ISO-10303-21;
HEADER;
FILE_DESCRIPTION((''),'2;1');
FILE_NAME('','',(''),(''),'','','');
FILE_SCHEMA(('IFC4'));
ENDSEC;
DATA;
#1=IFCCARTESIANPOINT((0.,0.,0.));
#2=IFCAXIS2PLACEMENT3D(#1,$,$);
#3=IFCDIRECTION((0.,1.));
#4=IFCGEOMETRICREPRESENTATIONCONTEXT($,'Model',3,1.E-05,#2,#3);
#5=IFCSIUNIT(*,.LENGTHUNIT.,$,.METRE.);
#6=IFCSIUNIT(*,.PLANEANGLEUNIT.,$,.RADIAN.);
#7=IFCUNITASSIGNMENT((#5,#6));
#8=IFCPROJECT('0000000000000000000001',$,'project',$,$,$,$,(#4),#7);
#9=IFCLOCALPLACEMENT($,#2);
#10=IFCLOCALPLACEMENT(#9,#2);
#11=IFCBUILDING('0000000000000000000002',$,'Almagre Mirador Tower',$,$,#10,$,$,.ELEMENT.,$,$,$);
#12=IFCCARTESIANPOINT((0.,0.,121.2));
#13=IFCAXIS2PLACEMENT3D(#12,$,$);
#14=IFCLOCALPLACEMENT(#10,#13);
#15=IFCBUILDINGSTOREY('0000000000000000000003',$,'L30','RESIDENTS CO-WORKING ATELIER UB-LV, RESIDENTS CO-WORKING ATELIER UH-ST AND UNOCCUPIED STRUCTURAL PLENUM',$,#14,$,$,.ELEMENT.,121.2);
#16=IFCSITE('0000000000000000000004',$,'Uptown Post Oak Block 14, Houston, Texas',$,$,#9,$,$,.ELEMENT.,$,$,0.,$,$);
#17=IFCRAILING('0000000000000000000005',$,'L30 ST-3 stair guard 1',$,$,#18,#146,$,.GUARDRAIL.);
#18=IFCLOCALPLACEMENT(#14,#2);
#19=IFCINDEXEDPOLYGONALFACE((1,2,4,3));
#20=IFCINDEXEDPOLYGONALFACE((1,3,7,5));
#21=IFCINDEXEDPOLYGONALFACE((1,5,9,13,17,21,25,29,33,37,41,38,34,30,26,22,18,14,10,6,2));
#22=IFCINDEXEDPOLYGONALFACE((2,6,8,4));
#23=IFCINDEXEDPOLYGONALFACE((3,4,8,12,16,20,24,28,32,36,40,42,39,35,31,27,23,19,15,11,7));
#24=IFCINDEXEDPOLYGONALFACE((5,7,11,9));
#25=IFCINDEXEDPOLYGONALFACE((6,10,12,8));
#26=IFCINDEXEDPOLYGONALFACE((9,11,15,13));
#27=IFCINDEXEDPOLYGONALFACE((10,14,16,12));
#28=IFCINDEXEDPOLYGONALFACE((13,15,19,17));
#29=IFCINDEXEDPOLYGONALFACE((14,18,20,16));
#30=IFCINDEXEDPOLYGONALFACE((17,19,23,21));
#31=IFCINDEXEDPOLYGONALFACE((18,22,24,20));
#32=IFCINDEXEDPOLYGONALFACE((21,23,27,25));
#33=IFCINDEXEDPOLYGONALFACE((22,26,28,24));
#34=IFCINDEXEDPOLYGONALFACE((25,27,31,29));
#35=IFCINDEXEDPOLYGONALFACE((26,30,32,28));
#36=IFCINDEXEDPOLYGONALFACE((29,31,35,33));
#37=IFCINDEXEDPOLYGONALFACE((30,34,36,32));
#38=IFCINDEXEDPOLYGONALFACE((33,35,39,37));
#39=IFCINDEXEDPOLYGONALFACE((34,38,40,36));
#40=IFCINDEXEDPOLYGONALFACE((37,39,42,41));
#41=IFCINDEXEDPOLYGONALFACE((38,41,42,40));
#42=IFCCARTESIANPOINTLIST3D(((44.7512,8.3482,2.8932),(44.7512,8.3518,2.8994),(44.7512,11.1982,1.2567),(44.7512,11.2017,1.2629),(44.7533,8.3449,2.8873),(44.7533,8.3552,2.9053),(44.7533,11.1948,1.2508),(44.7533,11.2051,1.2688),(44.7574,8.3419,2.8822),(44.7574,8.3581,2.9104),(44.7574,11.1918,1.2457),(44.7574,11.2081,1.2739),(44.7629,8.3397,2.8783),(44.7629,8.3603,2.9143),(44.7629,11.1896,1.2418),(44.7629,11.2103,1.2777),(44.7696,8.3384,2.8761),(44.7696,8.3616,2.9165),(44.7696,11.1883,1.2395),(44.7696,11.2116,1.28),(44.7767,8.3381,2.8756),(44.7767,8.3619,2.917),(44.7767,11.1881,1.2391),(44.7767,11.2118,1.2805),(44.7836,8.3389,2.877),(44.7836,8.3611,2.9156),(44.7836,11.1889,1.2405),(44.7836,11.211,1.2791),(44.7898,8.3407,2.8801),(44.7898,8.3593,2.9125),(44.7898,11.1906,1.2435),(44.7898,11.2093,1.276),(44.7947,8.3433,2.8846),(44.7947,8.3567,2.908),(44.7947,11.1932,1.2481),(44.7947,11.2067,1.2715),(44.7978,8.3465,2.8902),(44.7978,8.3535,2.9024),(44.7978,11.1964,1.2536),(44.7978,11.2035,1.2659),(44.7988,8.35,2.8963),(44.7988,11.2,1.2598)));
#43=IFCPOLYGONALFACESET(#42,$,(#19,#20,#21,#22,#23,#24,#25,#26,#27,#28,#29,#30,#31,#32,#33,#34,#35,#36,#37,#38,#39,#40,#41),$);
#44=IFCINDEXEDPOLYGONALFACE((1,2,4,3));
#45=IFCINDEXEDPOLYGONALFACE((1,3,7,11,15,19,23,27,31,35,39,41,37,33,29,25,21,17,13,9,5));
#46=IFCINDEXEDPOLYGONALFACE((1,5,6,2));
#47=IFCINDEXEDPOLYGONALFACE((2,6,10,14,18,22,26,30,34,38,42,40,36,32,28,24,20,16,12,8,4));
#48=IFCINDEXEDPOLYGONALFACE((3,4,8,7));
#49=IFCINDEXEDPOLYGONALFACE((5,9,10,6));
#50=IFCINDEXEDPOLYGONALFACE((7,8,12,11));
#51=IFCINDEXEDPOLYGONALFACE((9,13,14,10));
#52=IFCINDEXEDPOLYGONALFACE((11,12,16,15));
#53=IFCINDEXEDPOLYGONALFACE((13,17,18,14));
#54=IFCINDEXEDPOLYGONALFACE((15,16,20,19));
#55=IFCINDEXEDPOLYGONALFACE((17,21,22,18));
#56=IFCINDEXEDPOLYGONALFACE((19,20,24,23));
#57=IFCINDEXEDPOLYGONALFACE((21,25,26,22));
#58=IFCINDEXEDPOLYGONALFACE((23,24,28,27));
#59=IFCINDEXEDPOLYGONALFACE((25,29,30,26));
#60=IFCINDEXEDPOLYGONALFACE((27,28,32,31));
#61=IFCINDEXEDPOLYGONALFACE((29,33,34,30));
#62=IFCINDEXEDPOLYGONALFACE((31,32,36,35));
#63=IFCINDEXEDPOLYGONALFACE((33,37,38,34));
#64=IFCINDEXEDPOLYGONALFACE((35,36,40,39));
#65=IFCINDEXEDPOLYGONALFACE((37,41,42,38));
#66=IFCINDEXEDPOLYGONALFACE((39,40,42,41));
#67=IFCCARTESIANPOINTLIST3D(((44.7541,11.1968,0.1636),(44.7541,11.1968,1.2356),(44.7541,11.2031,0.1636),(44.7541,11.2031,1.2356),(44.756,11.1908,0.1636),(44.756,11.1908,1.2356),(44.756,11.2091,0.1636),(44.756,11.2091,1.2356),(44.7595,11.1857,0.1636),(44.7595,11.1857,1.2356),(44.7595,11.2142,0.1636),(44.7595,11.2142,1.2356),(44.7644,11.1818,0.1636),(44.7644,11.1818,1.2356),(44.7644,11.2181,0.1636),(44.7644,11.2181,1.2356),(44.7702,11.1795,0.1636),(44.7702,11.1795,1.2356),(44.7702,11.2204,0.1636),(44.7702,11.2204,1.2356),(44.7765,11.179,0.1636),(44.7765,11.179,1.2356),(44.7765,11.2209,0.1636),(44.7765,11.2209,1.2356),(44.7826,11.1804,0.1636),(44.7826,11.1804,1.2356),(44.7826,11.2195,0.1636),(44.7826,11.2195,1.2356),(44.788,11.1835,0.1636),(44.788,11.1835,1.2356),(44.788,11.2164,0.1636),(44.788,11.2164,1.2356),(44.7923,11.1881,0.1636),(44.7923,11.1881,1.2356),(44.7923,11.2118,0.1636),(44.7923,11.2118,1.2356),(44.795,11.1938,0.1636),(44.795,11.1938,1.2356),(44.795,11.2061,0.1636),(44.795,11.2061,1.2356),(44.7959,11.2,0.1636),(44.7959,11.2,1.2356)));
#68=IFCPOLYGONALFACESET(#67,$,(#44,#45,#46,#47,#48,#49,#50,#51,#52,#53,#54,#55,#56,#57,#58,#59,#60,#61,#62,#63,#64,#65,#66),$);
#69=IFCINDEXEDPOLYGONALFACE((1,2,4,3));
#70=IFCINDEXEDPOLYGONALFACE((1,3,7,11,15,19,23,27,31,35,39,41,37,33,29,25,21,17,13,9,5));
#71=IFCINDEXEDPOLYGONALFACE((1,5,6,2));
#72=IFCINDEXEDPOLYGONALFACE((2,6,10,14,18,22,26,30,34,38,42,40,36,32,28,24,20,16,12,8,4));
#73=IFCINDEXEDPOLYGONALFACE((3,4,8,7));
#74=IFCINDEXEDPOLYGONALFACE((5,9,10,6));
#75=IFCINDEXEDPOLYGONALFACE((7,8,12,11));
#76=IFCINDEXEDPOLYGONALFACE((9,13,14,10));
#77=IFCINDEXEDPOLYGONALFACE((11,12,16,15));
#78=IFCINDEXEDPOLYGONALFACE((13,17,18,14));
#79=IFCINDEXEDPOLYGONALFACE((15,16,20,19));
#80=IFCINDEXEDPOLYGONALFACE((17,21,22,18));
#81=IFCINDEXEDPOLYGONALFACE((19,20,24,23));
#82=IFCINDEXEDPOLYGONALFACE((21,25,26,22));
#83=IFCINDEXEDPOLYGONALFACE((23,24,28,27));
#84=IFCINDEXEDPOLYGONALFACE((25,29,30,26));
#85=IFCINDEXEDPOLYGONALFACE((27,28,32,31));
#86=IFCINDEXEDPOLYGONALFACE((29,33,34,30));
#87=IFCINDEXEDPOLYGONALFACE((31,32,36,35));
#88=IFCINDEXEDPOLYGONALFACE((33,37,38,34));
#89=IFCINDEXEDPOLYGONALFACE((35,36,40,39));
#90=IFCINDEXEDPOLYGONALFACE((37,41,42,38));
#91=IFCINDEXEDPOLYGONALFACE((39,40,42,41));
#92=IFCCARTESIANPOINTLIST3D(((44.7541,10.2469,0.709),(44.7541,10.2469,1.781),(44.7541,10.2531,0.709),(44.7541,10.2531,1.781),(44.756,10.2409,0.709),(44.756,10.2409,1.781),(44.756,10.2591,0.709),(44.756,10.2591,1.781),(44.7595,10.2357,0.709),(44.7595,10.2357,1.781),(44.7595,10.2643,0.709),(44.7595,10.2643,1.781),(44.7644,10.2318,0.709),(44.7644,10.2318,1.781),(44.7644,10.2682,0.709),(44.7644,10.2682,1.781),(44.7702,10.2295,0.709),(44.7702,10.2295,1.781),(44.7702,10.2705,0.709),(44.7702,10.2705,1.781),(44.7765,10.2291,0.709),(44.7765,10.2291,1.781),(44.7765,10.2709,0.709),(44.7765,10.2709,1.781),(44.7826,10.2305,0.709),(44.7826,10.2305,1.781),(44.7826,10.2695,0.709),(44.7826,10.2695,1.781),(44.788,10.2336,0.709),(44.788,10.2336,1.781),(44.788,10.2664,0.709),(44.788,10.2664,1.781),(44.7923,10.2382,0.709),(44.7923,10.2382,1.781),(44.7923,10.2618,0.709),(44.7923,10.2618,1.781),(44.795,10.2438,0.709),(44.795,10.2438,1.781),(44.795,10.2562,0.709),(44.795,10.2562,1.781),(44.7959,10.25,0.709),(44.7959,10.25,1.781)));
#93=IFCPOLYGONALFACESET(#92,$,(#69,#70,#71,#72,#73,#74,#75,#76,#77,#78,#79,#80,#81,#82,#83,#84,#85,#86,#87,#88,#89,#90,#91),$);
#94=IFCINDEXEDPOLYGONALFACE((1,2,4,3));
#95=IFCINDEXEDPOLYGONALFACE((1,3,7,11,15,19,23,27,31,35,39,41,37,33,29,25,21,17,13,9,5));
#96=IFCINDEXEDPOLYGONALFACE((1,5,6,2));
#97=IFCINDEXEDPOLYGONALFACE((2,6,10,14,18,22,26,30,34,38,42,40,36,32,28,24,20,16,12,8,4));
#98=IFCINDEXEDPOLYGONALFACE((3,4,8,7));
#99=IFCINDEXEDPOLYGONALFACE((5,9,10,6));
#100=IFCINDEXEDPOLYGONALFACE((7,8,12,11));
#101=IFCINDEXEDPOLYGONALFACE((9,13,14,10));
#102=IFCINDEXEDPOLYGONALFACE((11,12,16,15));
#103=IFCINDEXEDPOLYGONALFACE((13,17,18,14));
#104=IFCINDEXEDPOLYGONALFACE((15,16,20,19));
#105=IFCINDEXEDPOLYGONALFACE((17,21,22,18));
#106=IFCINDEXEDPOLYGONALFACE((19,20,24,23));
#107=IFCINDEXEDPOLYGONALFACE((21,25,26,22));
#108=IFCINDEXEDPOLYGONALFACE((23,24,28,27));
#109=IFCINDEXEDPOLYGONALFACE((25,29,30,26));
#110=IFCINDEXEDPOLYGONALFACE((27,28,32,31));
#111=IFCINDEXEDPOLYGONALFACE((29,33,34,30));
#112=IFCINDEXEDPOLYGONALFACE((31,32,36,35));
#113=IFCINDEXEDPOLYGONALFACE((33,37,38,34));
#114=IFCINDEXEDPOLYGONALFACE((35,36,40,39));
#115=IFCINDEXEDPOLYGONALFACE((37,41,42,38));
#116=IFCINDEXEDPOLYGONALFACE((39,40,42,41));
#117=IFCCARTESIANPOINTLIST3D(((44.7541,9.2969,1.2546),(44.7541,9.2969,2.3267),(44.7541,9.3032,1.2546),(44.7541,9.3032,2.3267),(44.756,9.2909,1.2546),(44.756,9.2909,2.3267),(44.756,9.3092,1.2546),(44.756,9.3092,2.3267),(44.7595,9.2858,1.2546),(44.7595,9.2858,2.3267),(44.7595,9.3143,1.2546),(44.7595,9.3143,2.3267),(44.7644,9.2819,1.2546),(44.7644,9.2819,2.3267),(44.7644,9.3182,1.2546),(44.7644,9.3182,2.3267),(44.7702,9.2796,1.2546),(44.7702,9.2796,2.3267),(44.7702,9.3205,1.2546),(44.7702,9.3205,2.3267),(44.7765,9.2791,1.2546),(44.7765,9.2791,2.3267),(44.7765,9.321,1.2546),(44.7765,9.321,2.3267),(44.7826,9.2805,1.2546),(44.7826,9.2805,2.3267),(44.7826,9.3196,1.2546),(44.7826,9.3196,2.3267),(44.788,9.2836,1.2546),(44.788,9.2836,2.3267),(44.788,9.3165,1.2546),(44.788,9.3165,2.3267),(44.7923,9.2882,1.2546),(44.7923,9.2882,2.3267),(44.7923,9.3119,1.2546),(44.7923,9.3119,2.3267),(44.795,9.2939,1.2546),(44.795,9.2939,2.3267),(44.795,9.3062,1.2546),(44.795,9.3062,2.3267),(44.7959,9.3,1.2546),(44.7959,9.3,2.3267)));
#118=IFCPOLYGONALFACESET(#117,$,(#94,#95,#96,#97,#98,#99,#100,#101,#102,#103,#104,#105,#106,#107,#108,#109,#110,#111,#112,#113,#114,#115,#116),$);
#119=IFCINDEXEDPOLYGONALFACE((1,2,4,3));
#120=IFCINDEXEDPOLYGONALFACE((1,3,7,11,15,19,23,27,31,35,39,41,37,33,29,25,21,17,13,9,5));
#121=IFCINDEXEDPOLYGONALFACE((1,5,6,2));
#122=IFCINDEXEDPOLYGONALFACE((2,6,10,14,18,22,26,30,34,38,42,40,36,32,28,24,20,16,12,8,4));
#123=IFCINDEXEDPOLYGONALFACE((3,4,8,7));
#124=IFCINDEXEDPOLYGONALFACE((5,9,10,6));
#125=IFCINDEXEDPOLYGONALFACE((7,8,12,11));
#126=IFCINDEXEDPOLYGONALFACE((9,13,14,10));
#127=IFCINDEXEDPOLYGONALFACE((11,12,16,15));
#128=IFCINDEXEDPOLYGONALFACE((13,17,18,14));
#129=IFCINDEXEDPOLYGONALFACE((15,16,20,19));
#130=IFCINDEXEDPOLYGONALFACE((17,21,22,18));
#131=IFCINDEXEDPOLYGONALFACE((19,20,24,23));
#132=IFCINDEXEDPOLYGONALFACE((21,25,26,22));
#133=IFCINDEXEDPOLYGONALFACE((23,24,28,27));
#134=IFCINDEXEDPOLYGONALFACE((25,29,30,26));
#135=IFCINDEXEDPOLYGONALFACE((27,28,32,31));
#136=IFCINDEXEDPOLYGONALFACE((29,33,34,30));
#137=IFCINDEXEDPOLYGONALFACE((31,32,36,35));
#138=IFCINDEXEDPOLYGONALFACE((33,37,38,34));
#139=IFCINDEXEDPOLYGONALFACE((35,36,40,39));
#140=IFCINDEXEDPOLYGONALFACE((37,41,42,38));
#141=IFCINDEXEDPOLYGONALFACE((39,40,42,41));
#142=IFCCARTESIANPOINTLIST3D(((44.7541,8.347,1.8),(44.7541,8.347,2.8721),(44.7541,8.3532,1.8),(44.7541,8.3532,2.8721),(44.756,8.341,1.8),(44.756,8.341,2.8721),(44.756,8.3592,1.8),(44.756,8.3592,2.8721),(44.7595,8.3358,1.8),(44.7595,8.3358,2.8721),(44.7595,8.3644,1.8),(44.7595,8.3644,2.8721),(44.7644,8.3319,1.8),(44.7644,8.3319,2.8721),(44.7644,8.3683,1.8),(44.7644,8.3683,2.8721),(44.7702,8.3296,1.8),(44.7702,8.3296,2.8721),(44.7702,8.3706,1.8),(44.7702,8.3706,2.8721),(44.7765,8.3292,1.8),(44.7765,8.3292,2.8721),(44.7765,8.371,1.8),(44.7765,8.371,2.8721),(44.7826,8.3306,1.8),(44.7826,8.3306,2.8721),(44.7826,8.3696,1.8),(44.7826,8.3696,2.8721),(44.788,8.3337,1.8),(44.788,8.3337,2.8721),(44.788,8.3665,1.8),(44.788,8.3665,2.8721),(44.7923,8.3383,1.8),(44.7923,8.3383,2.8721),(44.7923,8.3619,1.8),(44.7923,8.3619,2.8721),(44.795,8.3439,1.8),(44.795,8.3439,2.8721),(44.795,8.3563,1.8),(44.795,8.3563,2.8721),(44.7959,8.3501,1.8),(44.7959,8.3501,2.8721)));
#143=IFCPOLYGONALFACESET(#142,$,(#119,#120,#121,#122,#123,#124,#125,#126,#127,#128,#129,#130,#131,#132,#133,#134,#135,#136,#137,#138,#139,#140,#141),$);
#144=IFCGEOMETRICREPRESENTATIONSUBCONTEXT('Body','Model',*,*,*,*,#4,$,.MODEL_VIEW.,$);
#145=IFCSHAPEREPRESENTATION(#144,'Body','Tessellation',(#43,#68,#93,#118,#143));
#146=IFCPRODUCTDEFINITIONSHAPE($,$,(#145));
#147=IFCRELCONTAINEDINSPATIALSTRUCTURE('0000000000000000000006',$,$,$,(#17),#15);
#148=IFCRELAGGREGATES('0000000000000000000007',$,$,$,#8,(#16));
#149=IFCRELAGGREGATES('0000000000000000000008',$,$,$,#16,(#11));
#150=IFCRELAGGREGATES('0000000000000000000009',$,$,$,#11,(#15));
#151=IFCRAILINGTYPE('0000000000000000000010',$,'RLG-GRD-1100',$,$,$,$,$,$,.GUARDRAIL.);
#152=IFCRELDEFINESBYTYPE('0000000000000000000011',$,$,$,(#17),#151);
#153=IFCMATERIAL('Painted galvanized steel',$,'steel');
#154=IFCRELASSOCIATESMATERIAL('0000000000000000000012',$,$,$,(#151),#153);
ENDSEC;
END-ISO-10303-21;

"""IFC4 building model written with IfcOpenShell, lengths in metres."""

from ifc_helpers import new_model, si_unit, direction, frame, origin, origin_2d, place, context, subcontext, project, spatial, circle, extrude, material, type_object, element, save


model = new_model("IFC4")

# Units and contexts
model_context = context("Model", 3, precision=1e-05, world=origin(), true_north=direction((0.0, 1.0)))
body_context = subcontext(model_context, "Body", "Model", "MODEL_VIEW")
ifc_project = project(units=[si_unit("LENGTHUNIT", "METRE"), si_unit("PLANEANGLEUNIT", "RADIAN")], contexts=[model_context])

# Site, building, storey
site_placement = place(None, origin())
site = spatial("IfcSite", under=ifc_project, at=site_placement, Name="Uptown Post Oak Block 14, Houston, Texas", CompositionType="ELEMENT", RefElevation=0.0)
building_placement = place(site_placement, origin())
building = spatial("IfcBuilding", under=site, at=building_placement, Name="Almagre Mirador Tower", CompositionType="ELEMENT")
storey_placement = place(building_placement, frame((0.0, 0.0, 121.2)))
storey = spatial("IfcBuildingStorey", under=building, at=storey_placement, Name="L30", Description="RESIDENTS CO-WORKING ATELIER UB-LV, RESIDENTS CO-WORKING ATELIER UH-ST AND UNOCCUPIED STRUCTURAL PLENUM", CompositionType="ELEMENT", Elevation=121.2)

# Railing
ifc_material_1 = material(Name="Painted galvanized steel", Category="steel")
railing_type_1 = type_object("IfcRailingType", Name="RLG-GRD-1100", PredefinedType="GUARDRAIL", material=ifc_material_1)
railing_1_placement = place(storey_placement, frame((44.7749, 11.2, 0.1636)))
element("IfcRailing", 1, at=railing_1_placement, inside=storey, type_object=railing_type_1, Name="L30 ST-3 stair guard 1", PredefinedType="GUARDRAIL", context=body_context, shape_type="SweptSolid", body=[
    extrude(circle(Radius=0.0239, at=origin_2d()), frame((0.0, 0.0, 1.0962), z_axis=(0.0, -0.867194, 0.49797), x_axis=(1.0, 0.0, 0.0)), (0.0, 0.0, 1.0), 3.2864),
    extrude(circle(Radius=0.021, at=origin_2d()), origin(), (0.0, 0.0, 1.0), 1.072),
    extrude(circle(Radius=0.021, at=origin_2d()), frame((0.0, -0.95, 0.5454)), (0.0, 0.0, 1.0), 1.072),
    extrude(circle(Radius=0.021, at=origin_2d()), frame((0.0, -1.8999, 1.0911)), (0.0, 0.0, 1.0), 1.072),
    extrude(circle(Radius=0.021, at=origin_2d()), frame((0.0, -2.8499, 1.6365)), (0.0, 0.0, 1.0), 1.072),
])

save(model, "model.ifc")
